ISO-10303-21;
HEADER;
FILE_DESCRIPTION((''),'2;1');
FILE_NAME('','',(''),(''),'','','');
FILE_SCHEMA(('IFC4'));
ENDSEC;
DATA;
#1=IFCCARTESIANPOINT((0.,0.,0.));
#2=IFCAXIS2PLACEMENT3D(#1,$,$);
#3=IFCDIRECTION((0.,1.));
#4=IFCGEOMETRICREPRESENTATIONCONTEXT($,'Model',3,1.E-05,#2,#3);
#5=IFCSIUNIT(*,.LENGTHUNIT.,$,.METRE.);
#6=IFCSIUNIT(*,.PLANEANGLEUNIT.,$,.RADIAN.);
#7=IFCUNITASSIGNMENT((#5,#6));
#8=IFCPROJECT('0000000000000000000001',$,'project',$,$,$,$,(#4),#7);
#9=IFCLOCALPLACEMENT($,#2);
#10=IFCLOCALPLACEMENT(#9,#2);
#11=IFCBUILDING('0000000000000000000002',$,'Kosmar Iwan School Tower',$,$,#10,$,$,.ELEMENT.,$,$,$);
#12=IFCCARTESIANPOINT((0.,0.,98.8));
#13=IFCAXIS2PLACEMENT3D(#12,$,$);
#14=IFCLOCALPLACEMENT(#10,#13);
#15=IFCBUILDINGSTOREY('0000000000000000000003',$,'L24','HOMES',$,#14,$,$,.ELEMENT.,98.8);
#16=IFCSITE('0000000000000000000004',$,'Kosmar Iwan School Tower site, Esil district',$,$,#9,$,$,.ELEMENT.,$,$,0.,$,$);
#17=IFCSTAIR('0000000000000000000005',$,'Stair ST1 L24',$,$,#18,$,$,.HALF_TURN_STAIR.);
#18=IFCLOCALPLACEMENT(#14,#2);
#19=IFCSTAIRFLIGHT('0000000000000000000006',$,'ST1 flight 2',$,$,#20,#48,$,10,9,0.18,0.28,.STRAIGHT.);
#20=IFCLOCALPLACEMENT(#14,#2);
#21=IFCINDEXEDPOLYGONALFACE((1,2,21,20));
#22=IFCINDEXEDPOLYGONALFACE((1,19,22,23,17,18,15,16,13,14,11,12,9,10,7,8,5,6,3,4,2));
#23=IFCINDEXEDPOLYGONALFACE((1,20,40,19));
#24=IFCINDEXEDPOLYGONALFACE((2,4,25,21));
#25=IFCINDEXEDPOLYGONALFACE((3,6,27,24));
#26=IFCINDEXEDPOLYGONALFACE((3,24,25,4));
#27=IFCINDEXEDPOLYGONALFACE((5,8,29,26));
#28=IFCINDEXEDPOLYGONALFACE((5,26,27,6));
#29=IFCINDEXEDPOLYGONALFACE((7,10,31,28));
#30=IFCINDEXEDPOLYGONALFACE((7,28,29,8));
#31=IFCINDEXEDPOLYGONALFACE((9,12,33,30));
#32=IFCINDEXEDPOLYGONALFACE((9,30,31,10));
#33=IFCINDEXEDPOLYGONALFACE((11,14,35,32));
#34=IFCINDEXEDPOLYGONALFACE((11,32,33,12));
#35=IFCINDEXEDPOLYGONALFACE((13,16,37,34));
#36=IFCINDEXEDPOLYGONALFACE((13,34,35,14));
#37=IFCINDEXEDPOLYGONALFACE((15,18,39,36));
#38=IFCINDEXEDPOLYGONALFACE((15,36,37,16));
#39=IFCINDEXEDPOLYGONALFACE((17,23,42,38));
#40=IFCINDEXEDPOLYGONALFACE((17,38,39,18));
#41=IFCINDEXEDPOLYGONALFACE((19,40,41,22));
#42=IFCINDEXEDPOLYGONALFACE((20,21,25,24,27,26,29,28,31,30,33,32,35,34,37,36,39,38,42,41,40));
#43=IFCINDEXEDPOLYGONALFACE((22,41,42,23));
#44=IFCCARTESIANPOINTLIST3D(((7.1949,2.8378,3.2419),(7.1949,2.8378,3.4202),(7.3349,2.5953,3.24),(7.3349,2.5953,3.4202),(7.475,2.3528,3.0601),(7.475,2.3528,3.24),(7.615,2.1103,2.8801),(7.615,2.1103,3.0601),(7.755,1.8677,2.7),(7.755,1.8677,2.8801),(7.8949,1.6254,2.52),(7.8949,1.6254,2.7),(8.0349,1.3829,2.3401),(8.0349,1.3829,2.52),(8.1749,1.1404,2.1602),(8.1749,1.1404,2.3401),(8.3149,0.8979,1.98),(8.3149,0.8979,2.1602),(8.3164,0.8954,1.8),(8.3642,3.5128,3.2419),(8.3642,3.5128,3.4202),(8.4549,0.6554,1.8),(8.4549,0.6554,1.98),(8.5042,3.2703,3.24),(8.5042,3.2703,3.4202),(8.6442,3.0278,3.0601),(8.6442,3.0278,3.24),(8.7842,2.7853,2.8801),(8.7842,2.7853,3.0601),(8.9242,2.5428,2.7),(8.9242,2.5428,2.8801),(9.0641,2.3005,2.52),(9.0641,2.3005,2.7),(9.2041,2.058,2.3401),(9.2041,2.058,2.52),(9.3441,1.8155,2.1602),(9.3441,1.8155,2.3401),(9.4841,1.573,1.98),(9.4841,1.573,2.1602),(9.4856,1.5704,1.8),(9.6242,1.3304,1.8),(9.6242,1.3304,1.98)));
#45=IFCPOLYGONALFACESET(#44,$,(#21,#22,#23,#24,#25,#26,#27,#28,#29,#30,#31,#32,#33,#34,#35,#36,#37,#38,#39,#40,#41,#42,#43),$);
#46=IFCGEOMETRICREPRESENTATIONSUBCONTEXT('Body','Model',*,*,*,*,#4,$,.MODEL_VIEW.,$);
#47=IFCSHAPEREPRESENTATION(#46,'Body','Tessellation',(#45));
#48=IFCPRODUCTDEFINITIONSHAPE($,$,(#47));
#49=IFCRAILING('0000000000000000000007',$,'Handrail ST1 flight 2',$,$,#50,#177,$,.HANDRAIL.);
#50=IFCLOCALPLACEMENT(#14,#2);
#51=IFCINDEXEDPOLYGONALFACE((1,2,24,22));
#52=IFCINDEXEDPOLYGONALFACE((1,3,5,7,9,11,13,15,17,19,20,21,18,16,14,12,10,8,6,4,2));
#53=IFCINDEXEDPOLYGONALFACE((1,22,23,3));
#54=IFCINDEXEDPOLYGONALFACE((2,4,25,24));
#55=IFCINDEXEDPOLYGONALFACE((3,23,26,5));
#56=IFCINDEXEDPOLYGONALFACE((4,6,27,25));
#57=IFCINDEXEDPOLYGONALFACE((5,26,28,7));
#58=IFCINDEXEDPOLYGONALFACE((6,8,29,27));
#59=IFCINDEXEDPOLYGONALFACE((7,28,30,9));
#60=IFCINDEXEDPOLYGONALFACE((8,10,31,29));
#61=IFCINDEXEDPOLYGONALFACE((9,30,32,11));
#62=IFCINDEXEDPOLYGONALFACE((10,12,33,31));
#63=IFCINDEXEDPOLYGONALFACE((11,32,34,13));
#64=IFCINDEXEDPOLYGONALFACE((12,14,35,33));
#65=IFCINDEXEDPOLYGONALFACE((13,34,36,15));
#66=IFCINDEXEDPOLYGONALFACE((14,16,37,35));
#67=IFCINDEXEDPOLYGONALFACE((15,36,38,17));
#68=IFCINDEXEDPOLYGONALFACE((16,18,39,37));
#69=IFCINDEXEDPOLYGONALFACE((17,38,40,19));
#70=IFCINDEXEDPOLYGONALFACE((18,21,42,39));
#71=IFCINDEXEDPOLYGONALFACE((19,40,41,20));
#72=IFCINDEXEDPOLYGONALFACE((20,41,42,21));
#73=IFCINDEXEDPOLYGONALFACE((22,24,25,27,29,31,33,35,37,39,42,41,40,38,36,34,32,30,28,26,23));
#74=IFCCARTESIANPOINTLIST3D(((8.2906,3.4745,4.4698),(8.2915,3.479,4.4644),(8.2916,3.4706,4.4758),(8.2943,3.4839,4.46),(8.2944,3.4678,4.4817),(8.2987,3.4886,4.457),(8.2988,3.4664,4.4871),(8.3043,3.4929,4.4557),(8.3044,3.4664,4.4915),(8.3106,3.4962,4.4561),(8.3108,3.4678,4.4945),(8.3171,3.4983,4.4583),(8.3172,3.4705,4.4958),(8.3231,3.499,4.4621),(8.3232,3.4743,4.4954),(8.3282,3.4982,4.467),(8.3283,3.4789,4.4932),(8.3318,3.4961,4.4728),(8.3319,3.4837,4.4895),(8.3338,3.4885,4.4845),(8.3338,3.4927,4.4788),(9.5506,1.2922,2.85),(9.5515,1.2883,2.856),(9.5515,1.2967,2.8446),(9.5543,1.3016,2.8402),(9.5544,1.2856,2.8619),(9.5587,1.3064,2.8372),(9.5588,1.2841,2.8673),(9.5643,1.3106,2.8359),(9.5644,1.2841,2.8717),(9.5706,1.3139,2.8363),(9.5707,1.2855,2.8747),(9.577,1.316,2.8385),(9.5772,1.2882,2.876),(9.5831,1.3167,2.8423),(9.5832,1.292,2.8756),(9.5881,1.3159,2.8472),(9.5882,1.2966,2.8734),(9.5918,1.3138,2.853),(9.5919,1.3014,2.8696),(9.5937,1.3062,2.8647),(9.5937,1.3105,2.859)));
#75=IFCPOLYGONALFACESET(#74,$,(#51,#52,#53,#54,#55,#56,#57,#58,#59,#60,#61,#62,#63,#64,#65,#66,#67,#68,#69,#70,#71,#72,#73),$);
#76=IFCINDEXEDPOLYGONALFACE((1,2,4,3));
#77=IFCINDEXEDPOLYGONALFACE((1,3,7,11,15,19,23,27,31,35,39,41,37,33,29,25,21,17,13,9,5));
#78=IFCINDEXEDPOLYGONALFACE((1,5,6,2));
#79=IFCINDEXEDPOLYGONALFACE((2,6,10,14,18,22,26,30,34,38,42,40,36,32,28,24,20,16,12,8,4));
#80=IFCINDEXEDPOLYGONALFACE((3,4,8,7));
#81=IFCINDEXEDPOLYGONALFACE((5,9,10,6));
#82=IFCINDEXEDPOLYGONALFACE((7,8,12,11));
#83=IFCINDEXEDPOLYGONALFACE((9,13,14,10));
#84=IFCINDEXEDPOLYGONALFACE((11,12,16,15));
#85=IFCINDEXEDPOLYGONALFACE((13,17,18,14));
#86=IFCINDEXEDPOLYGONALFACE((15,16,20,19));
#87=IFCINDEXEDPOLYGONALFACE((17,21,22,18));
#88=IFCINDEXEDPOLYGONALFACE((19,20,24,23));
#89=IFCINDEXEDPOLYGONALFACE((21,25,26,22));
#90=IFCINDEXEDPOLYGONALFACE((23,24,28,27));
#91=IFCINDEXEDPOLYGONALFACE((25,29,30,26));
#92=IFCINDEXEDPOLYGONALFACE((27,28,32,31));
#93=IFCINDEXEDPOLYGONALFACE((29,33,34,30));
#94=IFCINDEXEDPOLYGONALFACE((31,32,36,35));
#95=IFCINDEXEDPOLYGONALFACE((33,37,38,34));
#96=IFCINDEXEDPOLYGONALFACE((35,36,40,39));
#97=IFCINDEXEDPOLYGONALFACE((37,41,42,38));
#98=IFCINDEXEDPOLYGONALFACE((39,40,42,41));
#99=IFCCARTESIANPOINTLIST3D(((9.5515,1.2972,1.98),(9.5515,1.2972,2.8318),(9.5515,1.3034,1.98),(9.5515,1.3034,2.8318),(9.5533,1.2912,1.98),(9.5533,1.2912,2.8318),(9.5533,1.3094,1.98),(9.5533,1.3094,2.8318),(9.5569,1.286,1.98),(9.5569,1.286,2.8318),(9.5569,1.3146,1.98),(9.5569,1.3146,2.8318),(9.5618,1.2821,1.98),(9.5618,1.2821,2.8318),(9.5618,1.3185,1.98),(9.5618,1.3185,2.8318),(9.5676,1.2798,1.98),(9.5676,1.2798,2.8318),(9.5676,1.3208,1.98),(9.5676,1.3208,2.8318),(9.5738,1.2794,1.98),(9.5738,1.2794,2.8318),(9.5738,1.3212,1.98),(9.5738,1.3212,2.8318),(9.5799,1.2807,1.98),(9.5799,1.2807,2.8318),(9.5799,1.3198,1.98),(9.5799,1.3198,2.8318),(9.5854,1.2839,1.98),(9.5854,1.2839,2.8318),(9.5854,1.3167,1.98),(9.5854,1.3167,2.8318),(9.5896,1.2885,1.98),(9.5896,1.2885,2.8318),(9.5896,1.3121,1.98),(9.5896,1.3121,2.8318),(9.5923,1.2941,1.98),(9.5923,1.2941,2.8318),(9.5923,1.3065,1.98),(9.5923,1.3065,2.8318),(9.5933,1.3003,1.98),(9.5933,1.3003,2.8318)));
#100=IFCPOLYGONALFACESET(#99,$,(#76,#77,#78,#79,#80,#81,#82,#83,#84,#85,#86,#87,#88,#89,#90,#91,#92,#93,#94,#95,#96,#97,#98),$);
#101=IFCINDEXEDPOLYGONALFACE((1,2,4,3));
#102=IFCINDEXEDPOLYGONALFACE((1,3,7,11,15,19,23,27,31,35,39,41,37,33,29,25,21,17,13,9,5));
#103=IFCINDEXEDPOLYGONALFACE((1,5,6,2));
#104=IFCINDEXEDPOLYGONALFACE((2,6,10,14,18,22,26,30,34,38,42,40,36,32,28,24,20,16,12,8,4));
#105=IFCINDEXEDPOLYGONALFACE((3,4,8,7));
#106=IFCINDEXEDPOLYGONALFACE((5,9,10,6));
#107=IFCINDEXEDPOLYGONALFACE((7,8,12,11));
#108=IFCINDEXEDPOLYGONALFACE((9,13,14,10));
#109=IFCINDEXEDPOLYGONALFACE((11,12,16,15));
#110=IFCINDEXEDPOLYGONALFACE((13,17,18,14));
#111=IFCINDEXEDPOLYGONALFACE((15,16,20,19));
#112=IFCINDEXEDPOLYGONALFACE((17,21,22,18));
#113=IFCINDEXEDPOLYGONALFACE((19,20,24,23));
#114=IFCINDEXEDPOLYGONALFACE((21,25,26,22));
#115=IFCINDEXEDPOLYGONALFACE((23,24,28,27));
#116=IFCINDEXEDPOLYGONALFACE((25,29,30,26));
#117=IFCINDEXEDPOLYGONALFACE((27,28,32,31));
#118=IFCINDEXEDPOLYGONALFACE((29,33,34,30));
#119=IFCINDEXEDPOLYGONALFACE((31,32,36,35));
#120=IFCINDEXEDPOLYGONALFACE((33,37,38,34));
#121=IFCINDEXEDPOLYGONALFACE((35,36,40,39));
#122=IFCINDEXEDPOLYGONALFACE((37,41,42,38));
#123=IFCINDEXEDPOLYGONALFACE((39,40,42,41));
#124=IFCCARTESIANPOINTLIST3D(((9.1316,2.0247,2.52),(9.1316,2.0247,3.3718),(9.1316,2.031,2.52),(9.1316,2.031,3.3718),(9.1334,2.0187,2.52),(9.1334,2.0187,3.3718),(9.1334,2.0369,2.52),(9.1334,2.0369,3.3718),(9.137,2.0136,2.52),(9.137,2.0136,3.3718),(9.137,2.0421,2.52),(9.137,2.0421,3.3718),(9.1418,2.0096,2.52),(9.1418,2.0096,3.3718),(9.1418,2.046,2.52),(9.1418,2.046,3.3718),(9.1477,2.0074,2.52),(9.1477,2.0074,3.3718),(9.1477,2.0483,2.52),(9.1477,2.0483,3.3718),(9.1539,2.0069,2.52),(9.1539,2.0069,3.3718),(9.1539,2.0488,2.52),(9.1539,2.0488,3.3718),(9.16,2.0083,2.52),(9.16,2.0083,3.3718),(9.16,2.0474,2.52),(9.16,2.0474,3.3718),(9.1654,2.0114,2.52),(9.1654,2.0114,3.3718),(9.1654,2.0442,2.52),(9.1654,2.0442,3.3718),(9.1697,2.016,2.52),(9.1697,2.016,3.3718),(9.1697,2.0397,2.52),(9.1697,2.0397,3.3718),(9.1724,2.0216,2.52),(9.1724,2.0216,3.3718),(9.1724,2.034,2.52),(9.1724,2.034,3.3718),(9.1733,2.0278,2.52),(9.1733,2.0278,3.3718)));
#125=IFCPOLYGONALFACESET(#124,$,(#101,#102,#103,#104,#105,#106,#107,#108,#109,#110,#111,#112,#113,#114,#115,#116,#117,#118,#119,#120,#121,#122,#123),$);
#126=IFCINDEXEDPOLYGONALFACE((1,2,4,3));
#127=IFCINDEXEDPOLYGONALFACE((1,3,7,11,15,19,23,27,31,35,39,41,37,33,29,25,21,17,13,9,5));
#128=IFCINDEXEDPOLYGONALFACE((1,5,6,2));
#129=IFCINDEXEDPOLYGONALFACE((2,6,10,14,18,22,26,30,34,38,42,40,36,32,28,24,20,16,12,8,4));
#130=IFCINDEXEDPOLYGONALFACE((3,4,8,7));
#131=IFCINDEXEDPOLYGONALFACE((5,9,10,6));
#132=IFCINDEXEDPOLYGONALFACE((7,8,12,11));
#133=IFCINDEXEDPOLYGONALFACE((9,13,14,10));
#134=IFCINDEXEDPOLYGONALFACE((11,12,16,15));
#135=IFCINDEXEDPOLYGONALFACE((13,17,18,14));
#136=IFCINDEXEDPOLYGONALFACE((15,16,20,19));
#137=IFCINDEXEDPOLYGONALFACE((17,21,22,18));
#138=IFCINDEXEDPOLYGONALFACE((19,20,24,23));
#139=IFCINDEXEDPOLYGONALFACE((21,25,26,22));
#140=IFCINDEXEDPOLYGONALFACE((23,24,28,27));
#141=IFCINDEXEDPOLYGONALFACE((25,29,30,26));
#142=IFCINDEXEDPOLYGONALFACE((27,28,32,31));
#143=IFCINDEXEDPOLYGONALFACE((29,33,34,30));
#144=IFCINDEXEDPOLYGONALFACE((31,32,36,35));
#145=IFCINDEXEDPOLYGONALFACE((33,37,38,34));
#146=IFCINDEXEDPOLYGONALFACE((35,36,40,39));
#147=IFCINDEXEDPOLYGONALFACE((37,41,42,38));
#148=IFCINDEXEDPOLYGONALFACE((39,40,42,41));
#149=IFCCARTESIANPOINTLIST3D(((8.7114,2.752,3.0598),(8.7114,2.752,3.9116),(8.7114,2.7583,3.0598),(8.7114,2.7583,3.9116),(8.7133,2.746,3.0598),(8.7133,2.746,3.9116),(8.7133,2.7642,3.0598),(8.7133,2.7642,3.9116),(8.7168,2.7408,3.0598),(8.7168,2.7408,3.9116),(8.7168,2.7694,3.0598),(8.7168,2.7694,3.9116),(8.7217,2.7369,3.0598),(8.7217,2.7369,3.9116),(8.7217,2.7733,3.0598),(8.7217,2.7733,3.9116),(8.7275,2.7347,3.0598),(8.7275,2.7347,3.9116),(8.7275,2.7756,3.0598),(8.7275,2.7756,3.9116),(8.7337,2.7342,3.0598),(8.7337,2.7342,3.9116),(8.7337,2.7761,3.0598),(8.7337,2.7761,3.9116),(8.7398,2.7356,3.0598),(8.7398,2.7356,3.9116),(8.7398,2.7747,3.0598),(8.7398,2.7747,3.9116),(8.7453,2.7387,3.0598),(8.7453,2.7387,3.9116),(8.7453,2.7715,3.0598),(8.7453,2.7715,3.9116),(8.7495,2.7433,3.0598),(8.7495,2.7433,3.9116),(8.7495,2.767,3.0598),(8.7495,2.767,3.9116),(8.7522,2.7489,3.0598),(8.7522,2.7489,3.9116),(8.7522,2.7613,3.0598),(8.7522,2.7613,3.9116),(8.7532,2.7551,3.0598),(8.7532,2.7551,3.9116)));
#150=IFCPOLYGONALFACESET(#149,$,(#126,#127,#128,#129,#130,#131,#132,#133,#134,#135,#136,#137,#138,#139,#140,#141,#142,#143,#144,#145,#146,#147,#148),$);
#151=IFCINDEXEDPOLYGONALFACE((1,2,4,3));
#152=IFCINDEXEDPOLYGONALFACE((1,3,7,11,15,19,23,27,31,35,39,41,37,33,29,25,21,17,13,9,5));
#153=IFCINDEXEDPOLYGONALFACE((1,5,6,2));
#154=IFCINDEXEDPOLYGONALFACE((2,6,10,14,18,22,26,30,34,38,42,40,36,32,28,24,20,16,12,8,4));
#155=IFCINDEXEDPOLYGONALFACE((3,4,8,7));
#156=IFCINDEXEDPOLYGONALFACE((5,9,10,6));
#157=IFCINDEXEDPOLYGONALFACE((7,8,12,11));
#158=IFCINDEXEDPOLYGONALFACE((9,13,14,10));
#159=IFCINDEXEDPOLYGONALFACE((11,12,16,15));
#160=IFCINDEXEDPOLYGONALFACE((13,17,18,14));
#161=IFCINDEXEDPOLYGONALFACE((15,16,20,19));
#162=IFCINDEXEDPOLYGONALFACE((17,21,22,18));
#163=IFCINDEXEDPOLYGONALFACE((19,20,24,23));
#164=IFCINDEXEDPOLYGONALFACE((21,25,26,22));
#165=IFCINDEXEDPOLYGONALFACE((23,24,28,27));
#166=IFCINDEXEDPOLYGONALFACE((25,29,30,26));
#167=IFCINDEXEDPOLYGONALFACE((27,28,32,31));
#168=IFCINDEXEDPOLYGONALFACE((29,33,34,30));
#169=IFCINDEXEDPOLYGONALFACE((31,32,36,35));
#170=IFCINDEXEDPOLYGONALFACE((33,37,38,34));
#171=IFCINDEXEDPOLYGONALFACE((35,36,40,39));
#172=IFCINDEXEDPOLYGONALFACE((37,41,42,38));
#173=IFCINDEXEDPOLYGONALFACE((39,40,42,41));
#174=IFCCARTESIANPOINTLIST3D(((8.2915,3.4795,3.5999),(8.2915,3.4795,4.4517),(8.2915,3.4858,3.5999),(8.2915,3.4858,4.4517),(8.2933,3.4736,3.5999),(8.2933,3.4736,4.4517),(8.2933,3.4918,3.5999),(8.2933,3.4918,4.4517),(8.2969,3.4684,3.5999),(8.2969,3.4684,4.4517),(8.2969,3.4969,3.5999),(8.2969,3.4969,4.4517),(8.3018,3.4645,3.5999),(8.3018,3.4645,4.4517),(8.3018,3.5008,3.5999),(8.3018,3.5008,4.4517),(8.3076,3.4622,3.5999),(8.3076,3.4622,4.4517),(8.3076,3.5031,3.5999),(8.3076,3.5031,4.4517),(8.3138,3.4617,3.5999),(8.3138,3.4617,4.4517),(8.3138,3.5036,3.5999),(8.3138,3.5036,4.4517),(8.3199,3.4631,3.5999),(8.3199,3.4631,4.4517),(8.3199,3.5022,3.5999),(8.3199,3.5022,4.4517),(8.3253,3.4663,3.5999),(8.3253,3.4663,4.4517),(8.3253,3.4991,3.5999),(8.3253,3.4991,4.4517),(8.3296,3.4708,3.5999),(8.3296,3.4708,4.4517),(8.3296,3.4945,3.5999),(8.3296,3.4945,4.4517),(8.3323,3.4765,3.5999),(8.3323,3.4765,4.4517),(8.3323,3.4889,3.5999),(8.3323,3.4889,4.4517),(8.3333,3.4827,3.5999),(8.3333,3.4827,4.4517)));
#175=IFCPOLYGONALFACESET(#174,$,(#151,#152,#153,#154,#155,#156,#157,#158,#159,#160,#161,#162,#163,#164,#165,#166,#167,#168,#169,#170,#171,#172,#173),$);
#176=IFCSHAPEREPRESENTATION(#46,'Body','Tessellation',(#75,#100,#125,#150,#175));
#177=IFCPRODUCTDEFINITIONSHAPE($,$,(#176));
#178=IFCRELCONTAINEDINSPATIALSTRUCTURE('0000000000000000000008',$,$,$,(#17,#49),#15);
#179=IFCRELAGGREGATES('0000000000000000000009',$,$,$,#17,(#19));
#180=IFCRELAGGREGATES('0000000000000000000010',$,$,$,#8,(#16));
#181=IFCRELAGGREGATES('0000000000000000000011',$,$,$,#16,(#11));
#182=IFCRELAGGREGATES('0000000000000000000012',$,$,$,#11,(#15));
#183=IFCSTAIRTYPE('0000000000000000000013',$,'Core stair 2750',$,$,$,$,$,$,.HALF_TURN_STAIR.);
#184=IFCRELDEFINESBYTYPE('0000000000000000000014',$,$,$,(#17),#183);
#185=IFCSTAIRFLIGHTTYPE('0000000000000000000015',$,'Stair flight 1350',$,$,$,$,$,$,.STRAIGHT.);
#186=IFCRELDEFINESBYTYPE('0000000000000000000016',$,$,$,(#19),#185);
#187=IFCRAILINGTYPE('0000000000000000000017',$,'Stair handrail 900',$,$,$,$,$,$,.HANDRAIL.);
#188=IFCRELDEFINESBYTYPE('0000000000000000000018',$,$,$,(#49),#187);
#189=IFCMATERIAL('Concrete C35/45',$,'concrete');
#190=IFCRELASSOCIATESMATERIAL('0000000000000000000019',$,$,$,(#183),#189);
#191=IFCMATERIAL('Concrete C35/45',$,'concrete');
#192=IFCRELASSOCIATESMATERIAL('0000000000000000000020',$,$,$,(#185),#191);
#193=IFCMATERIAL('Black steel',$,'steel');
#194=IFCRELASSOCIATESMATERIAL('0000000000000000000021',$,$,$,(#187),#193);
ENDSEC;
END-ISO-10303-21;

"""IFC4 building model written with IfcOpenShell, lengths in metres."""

from ifc_helpers import new_model, si_unit, direction, frame, origin, origin_2d, place, context, subcontext, project, spatial, polyline, circle, outline, extrude, material, type_object, element, aggregate, save


model = new_model("IFC4")

# Units and contexts
model_context = context("Model", 3, precision=1e-05, world=origin(), true_north=direction((0.0, 1.0)))
body_context = subcontext(model_context, "Body", "Model", "MODEL_VIEW")
ifc_project = project(units=[si_unit("LENGTHUNIT", "METRE"), si_unit("PLANEANGLEUNIT", "RADIAN")], contexts=[model_context])

# Site, building, storey
site_placement = place(None, origin())
site = spatial("IfcSite", under=ifc_project, at=site_placement, Name="Kosmar Iwan School Tower site, Esil district", CompositionType="ELEMENT", RefElevation=0.0)
building_placement = place(site_placement, origin())
building = spatial("IfcBuilding", under=site, at=building_placement, Name="Kosmar Iwan School Tower", CompositionType="ELEMENT")
storey_placement = place(building_placement, frame((0.0, 0.0, 98.8)))
storey = spatial("IfcBuildingStorey", under=building, at=storey_placement, Name="L24", Description="HOMES", CompositionType="ELEMENT", Elevation=98.8)

# Stair, stair flight
ifc_material_1 = material(Name="Concrete C35/45", Category="concrete")
stair_type = type_object("IfcStairType", Name="Core stair 2750", PredefinedType="HALF_TURN_STAIR", material=ifc_material_1)
stair_placement = place(storey_placement, origin())
stair = element("IfcStair", 1, at=stair_placement, inside=storey, type_object=stair_type, Name="Stair ST1 L24", PredefinedType="HALF_TURN_STAIR")
ifc_material_2 = material(Name="Concrete C35/45", Category="concrete")
stair_flight_type = type_object("IfcStairFlightType", Name="Stair flight 1350", PredefinedType="STRAIGHT", material=ifc_material_2)
stair_flight_placement = place(storey_placement, frame((9.0396, 0.9929, 1.8), z_axis=(0.0, 0.0, 1.0), x_axis=(-0.5, 0.866025, 0.0)))
stair_flight = element("IfcStairFlight", 2, at=stair_flight_placement, type_object=stair_flight_type, Name="ST1 flight 2", NumberOfRisers=10, NumberOfTreads=9, PredefinedType="STRAIGHT", RiserHeight=0.18, TreadLength=0.28, context=body_context, shape_type="SweptSolid", body=[
    extrude(outline(polyline([(0.0, 0.0), (0.0, 0.1799), (0.28, 0.1799), (0.28, 0.3601), (0.5601, 0.3601), (0.5601, 0.54), (0.8401, 0.54), (0.8401, 0.72), (1.1201, 0.72), (1.1201, 0.8999), (1.3999, 0.8999), (1.3999, 1.0801), (1.6799, 1.0801), (1.6799, 1.26), (1.96, 1.26), (1.96, 1.4399), (2.24, 1.4399), (2.24, 1.6201), (2.52, 1.6201), (2.52, 1.8), (2.52, 1.4419), (0.2771, 0.0), (0.0, 0.0)])), frame((0.0, 0.675, 0.0), z_axis=(0.0, -1.0, 0.0), x_axis=(1.0, 0.0, 0.0)), (0.0, 0.0, 1.0), 1.3501),
])
aggregate(stair, [stair_flight])

# Railing
ifc_material_3 = material(Name="Black steel", Category="steel")
railing_type = type_object("IfcRailingType", Name="Stair handrail 900", PredefinedType="HANDRAIL", material=ifc_material_3)
railing_placement = place(storey_placement, frame((9.5723, 1.3003, 1.98)))
element("IfcRailing", 3, at=railing_placement, inside=storey, type_object=railing_type, Name="Handrail ST1 flight 2", PredefinedType="HANDRAIL", context=body_context, shape_type="SweptSolid", body=[
    extrude(circle(Radius=0.0239, at=origin_2d()), frame((0.0, 0.0, 0.876), z_axis=(-0.420603, 0.728496, 0.540728), x_axis=(-0.866023, -0.500005, 0.0)), (0.0, 0.0, 1.0), 2.9956),
    extrude(circle(Radius=0.021, at=origin_2d()), origin(), (0.0, 0.0, 1.0), 0.8518),
    extrude(circle(Radius=0.021, at=origin_2d()), frame((-0.4199, 0.7275, 0.54)), (0.0, 0.0, 1.0), 0.8518),
    extrude(circle(Radius=0.021, at=origin_2d()), frame((-0.8401, 1.4548, 1.0798)), (0.0, 0.0, 1.0), 0.8518),
    extrude(circle(Radius=0.021, at=origin_2d()), frame((-1.26, 2.1824, 1.6199)), (0.0, 0.0, 1.0), 0.8518),
])

save(model, "model.ifc")
